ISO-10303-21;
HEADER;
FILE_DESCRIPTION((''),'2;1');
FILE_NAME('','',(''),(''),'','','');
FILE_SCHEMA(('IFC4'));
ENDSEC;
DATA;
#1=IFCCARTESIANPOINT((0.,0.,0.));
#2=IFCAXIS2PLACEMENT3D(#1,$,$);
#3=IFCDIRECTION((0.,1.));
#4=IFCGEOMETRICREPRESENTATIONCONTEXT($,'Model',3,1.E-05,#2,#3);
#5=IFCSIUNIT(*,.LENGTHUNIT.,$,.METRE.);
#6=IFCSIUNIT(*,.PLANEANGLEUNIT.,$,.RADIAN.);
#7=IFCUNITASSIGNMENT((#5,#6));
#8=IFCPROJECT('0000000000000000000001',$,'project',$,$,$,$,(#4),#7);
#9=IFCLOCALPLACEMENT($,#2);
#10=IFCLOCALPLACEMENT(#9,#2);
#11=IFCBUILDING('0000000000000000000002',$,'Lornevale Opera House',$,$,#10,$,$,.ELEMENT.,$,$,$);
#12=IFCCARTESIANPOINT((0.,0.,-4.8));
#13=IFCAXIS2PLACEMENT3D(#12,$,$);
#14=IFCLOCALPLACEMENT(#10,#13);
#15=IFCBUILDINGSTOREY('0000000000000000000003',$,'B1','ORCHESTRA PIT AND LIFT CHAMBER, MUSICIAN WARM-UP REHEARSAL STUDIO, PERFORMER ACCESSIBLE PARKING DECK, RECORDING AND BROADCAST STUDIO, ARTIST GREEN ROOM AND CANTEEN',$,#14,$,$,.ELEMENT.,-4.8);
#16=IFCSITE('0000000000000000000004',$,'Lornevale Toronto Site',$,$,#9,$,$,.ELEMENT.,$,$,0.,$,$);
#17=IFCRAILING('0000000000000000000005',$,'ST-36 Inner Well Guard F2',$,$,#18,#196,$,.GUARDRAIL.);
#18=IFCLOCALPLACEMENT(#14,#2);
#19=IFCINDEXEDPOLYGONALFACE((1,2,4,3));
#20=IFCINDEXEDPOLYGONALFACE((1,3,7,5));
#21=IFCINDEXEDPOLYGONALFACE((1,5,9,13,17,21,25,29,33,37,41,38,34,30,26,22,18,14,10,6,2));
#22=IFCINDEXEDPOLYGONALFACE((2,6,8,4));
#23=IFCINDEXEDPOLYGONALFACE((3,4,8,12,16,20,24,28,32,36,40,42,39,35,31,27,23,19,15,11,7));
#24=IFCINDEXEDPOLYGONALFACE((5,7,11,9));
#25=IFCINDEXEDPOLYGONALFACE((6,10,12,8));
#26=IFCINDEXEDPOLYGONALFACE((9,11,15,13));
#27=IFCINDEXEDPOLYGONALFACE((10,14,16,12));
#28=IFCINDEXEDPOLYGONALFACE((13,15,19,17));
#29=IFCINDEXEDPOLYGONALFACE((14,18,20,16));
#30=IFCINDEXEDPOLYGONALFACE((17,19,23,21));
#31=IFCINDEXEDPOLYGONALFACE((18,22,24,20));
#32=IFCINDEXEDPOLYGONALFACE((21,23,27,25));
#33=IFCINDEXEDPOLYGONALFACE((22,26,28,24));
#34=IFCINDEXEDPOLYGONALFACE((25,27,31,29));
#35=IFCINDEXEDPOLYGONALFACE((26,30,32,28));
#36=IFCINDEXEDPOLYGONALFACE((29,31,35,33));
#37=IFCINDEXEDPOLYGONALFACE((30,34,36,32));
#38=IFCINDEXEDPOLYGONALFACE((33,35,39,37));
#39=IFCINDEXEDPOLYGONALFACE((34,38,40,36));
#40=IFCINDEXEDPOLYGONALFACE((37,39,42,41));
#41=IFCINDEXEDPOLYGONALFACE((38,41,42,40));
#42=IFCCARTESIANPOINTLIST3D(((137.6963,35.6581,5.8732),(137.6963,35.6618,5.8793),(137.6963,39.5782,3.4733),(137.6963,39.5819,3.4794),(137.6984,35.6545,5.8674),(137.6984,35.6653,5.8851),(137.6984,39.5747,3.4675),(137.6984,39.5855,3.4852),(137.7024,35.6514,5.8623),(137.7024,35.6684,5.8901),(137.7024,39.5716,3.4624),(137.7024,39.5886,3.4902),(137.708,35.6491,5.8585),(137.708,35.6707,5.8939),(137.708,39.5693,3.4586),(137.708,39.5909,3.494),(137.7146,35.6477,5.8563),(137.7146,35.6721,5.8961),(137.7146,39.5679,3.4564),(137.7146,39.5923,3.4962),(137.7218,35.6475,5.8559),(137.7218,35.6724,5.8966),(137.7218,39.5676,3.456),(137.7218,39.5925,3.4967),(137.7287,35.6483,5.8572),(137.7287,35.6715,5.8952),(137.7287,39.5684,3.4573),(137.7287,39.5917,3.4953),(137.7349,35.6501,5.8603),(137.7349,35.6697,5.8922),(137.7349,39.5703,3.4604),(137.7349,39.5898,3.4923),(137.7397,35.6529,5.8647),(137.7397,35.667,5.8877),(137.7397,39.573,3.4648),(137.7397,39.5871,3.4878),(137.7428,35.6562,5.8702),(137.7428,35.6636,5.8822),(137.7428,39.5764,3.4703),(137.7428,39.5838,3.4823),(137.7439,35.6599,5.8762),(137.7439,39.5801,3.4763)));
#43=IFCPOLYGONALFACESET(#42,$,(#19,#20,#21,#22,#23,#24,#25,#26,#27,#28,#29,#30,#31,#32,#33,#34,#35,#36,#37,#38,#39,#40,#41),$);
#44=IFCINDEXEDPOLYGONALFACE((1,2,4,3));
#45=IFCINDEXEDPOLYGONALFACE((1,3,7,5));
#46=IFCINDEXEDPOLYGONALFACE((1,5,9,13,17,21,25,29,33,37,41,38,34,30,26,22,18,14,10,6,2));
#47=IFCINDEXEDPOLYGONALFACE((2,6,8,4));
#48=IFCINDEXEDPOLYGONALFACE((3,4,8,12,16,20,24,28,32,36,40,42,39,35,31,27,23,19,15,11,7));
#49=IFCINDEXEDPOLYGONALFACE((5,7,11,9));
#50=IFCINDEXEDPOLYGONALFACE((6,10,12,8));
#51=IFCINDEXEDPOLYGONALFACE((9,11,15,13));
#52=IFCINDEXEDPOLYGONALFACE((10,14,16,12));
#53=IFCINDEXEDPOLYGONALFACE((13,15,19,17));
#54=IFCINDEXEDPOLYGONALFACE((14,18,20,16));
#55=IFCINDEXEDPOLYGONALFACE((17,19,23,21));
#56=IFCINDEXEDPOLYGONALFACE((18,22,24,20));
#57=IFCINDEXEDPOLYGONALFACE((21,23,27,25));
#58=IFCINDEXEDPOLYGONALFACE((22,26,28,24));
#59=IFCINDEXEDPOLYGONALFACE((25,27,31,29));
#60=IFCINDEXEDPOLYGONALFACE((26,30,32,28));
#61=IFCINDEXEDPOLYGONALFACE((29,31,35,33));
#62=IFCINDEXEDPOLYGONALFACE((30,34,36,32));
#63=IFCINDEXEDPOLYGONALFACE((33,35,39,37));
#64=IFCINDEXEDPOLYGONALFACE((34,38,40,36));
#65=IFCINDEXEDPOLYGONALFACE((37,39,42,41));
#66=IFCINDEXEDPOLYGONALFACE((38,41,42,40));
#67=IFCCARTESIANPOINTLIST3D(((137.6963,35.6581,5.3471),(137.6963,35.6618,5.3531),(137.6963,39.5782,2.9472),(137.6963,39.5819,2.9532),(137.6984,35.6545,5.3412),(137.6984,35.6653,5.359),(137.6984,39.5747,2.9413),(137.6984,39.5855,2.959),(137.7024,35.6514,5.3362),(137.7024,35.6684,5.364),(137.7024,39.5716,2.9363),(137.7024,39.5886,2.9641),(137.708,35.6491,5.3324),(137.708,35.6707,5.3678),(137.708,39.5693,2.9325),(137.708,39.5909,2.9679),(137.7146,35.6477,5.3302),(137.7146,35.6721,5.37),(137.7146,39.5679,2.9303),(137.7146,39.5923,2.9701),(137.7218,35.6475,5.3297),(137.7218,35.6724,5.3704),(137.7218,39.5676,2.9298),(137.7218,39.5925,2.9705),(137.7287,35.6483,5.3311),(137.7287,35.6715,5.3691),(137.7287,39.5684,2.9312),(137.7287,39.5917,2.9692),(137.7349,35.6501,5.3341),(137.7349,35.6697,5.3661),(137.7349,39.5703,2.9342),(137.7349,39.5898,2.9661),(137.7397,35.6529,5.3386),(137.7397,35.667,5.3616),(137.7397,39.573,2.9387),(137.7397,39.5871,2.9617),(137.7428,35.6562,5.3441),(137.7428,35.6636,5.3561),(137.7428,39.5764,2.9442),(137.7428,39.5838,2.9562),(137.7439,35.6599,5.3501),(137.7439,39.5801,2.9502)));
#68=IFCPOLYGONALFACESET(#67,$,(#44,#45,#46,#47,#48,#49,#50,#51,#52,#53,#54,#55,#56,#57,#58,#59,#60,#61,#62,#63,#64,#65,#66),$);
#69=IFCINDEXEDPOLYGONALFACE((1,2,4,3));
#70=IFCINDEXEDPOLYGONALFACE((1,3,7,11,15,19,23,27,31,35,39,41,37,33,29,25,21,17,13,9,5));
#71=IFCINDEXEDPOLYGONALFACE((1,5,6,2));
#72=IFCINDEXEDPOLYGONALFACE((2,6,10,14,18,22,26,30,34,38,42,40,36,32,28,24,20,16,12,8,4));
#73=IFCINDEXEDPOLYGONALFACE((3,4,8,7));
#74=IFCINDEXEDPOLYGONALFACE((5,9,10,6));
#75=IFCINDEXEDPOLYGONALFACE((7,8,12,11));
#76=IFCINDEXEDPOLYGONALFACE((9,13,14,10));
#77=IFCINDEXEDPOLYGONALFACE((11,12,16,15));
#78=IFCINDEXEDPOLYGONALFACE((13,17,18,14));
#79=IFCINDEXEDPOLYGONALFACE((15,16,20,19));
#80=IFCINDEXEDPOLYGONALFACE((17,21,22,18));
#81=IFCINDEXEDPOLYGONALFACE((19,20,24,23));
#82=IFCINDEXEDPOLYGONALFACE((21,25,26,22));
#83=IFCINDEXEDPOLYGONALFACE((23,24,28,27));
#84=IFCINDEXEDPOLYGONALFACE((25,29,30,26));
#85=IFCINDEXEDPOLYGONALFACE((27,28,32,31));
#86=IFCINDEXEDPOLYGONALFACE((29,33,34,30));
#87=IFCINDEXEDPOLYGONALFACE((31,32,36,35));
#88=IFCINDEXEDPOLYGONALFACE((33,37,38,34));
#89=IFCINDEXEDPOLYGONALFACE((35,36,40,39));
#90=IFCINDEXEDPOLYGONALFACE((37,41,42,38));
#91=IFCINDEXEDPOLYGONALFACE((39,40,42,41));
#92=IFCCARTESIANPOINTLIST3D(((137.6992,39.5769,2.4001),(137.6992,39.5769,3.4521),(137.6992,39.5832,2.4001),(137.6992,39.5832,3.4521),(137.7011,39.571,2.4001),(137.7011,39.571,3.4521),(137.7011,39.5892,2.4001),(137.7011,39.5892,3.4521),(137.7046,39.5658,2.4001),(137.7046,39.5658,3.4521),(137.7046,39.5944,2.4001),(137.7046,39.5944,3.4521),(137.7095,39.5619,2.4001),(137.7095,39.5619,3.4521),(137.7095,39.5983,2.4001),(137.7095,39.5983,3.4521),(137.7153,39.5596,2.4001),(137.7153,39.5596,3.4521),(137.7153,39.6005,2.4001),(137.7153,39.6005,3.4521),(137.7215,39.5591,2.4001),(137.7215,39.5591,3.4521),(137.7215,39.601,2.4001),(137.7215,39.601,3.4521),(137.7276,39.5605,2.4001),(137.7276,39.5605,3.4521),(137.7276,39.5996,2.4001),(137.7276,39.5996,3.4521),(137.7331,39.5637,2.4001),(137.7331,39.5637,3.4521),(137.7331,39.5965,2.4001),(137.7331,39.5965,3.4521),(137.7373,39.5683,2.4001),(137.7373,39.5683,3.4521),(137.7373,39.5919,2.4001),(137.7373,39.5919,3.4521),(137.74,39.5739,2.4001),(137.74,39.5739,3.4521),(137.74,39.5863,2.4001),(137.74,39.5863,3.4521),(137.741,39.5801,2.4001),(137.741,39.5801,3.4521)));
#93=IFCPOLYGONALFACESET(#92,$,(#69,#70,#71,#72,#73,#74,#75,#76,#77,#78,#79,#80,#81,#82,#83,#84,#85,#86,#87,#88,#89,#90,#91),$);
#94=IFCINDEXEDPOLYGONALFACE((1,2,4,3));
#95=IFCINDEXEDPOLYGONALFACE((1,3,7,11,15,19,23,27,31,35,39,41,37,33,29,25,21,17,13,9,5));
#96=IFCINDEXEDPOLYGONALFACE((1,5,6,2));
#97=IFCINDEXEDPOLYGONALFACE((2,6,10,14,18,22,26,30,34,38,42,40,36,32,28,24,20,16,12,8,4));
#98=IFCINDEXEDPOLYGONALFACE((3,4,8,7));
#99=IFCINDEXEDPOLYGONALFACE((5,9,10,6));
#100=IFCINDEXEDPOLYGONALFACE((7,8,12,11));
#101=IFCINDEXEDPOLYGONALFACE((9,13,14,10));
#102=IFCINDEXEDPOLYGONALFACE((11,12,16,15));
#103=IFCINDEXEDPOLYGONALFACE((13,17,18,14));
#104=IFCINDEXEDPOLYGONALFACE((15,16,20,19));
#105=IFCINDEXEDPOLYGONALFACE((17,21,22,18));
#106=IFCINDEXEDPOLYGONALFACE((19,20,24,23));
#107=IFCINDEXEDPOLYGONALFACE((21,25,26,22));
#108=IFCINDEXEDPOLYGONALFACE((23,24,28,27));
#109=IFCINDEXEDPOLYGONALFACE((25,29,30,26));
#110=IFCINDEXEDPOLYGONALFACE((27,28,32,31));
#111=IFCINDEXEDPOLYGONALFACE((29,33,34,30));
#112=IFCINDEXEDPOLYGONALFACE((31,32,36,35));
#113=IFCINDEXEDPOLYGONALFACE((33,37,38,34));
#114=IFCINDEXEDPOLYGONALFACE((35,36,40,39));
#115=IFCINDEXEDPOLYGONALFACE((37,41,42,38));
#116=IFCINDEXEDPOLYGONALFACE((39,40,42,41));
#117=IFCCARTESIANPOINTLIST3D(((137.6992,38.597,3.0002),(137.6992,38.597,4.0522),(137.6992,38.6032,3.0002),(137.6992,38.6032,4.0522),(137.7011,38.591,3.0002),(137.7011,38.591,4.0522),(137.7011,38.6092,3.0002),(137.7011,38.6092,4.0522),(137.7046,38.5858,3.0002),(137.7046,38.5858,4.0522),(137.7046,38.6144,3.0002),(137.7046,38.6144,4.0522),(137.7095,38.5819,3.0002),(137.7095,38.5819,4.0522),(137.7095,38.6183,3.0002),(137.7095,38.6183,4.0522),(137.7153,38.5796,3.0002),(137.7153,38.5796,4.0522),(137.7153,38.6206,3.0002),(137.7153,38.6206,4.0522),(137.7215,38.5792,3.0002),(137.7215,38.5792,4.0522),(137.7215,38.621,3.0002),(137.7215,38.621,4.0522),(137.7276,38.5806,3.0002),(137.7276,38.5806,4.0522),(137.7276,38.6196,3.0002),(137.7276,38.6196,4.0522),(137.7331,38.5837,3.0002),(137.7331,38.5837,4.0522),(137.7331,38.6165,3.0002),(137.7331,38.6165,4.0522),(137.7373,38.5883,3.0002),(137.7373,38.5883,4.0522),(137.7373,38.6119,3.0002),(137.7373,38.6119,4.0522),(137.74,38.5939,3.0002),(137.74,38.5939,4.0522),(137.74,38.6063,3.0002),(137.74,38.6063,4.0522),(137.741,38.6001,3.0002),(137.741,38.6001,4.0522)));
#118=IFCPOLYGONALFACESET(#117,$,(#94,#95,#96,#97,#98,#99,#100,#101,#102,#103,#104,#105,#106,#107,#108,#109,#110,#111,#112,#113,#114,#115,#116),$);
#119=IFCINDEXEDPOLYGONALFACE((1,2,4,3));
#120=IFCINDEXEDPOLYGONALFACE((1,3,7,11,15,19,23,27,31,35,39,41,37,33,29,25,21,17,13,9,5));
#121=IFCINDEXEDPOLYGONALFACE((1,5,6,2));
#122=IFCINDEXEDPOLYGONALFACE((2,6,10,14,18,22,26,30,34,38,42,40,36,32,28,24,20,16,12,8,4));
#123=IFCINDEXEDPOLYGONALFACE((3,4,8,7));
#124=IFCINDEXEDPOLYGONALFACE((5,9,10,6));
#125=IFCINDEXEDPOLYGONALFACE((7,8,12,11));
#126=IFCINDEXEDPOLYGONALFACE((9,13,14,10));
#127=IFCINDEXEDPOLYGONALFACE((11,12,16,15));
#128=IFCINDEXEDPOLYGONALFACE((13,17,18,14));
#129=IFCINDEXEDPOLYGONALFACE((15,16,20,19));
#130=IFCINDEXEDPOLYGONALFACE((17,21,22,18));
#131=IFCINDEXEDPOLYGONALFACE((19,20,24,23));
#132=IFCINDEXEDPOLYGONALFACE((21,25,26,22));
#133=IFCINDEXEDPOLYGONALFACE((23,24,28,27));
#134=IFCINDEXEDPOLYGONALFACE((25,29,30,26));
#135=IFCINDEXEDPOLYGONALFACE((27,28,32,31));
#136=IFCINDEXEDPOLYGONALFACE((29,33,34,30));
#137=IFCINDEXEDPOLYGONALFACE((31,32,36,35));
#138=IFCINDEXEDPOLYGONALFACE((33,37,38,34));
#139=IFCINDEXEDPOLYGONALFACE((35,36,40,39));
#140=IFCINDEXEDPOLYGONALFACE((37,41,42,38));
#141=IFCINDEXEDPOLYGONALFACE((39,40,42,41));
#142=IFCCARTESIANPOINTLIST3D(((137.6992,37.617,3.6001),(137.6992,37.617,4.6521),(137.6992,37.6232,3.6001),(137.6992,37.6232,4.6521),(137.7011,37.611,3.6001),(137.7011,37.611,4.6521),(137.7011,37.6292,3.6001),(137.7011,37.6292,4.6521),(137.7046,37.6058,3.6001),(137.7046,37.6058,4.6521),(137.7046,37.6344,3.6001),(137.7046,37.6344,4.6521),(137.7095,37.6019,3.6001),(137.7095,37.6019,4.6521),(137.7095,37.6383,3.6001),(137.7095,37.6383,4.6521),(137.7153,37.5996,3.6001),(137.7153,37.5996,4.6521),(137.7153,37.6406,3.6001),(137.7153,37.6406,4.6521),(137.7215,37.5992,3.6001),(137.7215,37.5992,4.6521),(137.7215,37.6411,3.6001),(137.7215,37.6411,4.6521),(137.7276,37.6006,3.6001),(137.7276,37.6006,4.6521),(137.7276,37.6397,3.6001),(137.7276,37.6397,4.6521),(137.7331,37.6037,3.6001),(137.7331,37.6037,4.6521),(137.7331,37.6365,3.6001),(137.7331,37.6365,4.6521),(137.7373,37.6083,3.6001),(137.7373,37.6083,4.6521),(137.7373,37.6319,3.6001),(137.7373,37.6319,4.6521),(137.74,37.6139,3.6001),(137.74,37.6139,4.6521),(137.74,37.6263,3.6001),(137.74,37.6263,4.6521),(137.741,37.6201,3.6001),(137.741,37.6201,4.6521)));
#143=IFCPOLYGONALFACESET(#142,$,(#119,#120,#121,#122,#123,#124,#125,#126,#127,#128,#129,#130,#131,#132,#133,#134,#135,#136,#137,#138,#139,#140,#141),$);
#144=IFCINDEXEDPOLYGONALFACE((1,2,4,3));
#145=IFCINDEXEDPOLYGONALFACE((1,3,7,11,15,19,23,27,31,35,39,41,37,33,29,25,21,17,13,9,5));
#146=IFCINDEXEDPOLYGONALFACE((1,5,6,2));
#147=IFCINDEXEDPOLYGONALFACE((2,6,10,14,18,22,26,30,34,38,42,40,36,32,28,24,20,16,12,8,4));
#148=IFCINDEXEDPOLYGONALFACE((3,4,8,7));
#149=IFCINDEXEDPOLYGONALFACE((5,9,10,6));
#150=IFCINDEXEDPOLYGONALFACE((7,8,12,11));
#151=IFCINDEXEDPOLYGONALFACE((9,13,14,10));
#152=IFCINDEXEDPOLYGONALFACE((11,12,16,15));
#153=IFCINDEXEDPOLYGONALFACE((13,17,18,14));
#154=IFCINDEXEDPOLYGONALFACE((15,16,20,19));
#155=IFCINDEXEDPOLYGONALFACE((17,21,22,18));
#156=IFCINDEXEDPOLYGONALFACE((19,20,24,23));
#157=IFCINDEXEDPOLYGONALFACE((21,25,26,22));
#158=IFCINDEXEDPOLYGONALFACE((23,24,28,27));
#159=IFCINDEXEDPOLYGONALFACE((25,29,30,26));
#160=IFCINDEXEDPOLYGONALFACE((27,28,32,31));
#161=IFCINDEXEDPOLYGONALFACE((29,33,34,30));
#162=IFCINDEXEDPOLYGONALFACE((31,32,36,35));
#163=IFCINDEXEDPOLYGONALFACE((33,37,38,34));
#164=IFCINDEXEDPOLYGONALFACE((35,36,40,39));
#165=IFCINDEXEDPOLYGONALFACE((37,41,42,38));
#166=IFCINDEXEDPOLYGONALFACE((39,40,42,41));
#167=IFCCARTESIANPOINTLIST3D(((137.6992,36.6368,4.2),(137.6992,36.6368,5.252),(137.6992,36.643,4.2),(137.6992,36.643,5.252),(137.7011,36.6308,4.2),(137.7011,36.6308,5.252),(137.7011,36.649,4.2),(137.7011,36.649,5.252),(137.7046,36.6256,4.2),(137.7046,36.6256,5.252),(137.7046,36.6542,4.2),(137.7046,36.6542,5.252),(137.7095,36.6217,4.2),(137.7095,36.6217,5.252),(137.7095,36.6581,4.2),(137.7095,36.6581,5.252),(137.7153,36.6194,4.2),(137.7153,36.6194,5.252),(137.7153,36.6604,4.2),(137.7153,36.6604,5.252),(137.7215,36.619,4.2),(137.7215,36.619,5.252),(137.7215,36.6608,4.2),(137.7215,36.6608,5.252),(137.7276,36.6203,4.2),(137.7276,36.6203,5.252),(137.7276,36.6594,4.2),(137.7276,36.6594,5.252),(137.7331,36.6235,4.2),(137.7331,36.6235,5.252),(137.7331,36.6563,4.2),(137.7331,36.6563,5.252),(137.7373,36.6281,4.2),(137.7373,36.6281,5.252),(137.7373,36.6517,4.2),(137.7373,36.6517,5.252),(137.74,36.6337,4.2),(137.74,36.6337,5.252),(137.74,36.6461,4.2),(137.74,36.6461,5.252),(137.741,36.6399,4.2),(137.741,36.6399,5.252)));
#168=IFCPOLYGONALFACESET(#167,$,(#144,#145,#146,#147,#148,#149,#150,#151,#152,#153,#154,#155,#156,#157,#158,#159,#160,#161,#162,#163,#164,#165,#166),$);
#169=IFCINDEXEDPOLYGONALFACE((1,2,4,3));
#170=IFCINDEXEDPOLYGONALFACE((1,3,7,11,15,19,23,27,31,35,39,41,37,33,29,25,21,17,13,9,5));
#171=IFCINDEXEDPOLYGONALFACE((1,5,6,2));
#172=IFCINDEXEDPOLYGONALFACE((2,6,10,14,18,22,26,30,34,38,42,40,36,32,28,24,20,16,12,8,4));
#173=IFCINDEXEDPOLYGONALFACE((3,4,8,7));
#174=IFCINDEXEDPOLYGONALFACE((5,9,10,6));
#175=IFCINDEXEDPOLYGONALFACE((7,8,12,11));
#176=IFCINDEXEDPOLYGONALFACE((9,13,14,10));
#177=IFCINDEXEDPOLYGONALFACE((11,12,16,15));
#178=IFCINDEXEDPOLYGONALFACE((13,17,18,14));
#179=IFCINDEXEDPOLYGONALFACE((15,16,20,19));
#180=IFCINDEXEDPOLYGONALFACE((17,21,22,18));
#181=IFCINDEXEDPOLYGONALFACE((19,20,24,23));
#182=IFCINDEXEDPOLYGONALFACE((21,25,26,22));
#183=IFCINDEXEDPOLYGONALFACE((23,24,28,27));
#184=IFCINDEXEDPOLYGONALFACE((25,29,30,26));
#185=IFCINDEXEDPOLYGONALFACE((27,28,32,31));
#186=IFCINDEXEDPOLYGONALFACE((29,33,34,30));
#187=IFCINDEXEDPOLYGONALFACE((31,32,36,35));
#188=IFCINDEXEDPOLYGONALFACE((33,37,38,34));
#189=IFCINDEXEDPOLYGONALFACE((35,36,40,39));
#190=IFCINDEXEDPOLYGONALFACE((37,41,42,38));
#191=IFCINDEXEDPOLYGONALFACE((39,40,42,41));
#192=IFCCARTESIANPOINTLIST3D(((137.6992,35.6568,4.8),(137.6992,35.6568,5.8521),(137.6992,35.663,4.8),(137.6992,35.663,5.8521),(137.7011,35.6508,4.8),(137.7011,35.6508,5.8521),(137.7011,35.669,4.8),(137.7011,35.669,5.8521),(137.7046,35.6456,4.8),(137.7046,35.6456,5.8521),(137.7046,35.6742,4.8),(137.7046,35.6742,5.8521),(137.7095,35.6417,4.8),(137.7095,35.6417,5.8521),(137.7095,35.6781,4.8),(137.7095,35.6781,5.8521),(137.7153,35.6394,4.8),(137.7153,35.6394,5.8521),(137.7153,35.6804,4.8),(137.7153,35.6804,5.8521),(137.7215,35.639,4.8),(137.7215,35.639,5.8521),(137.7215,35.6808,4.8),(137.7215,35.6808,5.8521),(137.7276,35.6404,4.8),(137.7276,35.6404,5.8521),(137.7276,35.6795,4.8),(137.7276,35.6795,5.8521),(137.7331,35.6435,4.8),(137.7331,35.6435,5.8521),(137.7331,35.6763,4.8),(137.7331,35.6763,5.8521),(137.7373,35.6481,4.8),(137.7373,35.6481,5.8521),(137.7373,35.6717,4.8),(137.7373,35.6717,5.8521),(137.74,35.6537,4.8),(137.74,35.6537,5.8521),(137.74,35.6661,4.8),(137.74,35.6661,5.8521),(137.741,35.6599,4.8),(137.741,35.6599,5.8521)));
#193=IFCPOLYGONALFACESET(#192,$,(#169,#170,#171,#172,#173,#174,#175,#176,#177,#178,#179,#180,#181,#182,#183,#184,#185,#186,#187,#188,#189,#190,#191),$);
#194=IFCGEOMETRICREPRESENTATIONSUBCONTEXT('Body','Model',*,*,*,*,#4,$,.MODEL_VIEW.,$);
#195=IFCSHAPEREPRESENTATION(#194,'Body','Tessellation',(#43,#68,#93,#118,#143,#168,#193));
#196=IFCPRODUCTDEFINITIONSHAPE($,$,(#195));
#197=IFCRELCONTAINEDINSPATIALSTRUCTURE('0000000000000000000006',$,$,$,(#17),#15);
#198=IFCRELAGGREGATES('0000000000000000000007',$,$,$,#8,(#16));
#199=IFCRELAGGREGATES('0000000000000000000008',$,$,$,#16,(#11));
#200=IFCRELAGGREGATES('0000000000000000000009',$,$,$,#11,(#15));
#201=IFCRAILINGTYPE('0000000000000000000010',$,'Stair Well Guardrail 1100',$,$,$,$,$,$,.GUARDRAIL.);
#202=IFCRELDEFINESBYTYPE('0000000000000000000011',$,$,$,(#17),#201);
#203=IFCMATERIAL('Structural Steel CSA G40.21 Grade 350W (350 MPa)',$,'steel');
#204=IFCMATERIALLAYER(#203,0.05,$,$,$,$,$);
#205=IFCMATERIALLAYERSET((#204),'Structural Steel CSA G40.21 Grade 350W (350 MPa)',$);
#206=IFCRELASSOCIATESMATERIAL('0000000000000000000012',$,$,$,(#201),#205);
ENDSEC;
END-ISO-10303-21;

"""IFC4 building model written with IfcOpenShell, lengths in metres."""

from ifc_helpers import new_model, si_unit, direction, frame, origin, origin_2d, place, context, subcontext, project, spatial, circle, extrude, material, layer, layer_set, type_object, element, save


model = new_model("IFC4")

# Units and contexts
model_context = context("Model", 3, precision=1e-05, world=origin(), true_north=direction((0.0, 1.0)))
body_context = subcontext(model_context, "Body", "Model", "MODEL_VIEW")
ifc_project = project(units=[si_unit("LENGTHUNIT", "METRE"), si_unit("PLANEANGLEUNIT", "RADIAN")], contexts=[model_context])

# Site, building, storey
site_placement = place(None, origin())
site = spatial("IfcSite", under=ifc_project, at=site_placement, Name="Lornevale Toronto Site", CompositionType="ELEMENT", RefElevation=0.0)
building_placement = place(site_placement, origin())
building = spatial("IfcBuilding", under=site, at=building_placement, Name="Lornevale Opera House", CompositionType="ELEMENT")
storey_placement = place(building_placement, frame((0.0, 0.0, -4.8)))
storey = spatial("IfcBuildingStorey", under=building, at=storey_placement, Name="B1", Description="ORCHESTRA PIT AND LIFT CHAMBER, MUSICIAN WARM-UP REHEARSAL STUDIO, PERFORMER ACCESSIBLE PARKING DECK, RECORDING AND BROADCAST STUDIO, ARTIST GREEN ROOM AND CANTEEN", CompositionType="ELEMENT", Elevation=-4.8)

# Railing
ifc_material_1 = material(Name="Structural Steel CSA G40.21 Grade 350W (350 MPa)", Category="steel")
ifc_layer_1 = layer(ifc_material_1, 0.05)
ifc_layer_set_1 = layer_set([ifc_layer_1], Name="Structural Steel CSA G40.21 Grade 350W (350 MPa)")
railing_type_1 = type_object("IfcRailingType", Name="Stair Well Guardrail 1100", PredefinedType="GUARDRAIL", material=ifc_layer_set_1)
railing_1_placement = place(storey_placement, frame((137.72, 39.5801, 2.4001)))
element("IfcRailing", 1, at=railing_1_placement, inside=storey, type_object=railing_type_1, Name="ST-36 Inner Well Guard F2", PredefinedType="GUARDRAIL", context=body_context, shape_type="SweptSolid", body=[
    extrude(circle(Radius=0.0239, at=origin_2d()), frame((0.0, 0.0, 1.0762), z_axis=(0.0, -0.852871, 0.522122), x_axis=(1.0, 0.0, 0.0)), (0.0, 0.0, 1.0), 4.5964),
    extrude(circle(Radius=0.0239, at=origin_2d()), frame((0.0, 0.0, 0.55), z_axis=(0.0, -0.852871, 0.522122), x_axis=(1.0, 0.0, 0.0)), (0.0, 0.0, 1.0), 4.5964),
    extrude(circle(Radius=0.021, at=origin_2d()), origin(), (0.0, 0.0, 1.0), 1.052),
    extrude(circle(Radius=0.021, at=origin_2d()), frame((0.0, -0.98, 0.6001)), (0.0, 0.0, 1.0), 1.052),
    extrude(circle(Radius=0.021, at=origin_2d()), frame((0.0, -1.96, 1.2)), (0.0, 0.0, 1.0), 1.052),
    extrude(circle(Radius=0.021, at=origin_2d()), frame((0.0, -2.9402, 1.7998)), (0.0, 0.0, 1.0), 1.052),
    extrude(circle(Radius=0.021, at=origin_2d()), frame((0.0, -3.9202, 2.3999)), (0.0, 0.0, 1.0), 1.052),
])

save(model, "model.ifc")
